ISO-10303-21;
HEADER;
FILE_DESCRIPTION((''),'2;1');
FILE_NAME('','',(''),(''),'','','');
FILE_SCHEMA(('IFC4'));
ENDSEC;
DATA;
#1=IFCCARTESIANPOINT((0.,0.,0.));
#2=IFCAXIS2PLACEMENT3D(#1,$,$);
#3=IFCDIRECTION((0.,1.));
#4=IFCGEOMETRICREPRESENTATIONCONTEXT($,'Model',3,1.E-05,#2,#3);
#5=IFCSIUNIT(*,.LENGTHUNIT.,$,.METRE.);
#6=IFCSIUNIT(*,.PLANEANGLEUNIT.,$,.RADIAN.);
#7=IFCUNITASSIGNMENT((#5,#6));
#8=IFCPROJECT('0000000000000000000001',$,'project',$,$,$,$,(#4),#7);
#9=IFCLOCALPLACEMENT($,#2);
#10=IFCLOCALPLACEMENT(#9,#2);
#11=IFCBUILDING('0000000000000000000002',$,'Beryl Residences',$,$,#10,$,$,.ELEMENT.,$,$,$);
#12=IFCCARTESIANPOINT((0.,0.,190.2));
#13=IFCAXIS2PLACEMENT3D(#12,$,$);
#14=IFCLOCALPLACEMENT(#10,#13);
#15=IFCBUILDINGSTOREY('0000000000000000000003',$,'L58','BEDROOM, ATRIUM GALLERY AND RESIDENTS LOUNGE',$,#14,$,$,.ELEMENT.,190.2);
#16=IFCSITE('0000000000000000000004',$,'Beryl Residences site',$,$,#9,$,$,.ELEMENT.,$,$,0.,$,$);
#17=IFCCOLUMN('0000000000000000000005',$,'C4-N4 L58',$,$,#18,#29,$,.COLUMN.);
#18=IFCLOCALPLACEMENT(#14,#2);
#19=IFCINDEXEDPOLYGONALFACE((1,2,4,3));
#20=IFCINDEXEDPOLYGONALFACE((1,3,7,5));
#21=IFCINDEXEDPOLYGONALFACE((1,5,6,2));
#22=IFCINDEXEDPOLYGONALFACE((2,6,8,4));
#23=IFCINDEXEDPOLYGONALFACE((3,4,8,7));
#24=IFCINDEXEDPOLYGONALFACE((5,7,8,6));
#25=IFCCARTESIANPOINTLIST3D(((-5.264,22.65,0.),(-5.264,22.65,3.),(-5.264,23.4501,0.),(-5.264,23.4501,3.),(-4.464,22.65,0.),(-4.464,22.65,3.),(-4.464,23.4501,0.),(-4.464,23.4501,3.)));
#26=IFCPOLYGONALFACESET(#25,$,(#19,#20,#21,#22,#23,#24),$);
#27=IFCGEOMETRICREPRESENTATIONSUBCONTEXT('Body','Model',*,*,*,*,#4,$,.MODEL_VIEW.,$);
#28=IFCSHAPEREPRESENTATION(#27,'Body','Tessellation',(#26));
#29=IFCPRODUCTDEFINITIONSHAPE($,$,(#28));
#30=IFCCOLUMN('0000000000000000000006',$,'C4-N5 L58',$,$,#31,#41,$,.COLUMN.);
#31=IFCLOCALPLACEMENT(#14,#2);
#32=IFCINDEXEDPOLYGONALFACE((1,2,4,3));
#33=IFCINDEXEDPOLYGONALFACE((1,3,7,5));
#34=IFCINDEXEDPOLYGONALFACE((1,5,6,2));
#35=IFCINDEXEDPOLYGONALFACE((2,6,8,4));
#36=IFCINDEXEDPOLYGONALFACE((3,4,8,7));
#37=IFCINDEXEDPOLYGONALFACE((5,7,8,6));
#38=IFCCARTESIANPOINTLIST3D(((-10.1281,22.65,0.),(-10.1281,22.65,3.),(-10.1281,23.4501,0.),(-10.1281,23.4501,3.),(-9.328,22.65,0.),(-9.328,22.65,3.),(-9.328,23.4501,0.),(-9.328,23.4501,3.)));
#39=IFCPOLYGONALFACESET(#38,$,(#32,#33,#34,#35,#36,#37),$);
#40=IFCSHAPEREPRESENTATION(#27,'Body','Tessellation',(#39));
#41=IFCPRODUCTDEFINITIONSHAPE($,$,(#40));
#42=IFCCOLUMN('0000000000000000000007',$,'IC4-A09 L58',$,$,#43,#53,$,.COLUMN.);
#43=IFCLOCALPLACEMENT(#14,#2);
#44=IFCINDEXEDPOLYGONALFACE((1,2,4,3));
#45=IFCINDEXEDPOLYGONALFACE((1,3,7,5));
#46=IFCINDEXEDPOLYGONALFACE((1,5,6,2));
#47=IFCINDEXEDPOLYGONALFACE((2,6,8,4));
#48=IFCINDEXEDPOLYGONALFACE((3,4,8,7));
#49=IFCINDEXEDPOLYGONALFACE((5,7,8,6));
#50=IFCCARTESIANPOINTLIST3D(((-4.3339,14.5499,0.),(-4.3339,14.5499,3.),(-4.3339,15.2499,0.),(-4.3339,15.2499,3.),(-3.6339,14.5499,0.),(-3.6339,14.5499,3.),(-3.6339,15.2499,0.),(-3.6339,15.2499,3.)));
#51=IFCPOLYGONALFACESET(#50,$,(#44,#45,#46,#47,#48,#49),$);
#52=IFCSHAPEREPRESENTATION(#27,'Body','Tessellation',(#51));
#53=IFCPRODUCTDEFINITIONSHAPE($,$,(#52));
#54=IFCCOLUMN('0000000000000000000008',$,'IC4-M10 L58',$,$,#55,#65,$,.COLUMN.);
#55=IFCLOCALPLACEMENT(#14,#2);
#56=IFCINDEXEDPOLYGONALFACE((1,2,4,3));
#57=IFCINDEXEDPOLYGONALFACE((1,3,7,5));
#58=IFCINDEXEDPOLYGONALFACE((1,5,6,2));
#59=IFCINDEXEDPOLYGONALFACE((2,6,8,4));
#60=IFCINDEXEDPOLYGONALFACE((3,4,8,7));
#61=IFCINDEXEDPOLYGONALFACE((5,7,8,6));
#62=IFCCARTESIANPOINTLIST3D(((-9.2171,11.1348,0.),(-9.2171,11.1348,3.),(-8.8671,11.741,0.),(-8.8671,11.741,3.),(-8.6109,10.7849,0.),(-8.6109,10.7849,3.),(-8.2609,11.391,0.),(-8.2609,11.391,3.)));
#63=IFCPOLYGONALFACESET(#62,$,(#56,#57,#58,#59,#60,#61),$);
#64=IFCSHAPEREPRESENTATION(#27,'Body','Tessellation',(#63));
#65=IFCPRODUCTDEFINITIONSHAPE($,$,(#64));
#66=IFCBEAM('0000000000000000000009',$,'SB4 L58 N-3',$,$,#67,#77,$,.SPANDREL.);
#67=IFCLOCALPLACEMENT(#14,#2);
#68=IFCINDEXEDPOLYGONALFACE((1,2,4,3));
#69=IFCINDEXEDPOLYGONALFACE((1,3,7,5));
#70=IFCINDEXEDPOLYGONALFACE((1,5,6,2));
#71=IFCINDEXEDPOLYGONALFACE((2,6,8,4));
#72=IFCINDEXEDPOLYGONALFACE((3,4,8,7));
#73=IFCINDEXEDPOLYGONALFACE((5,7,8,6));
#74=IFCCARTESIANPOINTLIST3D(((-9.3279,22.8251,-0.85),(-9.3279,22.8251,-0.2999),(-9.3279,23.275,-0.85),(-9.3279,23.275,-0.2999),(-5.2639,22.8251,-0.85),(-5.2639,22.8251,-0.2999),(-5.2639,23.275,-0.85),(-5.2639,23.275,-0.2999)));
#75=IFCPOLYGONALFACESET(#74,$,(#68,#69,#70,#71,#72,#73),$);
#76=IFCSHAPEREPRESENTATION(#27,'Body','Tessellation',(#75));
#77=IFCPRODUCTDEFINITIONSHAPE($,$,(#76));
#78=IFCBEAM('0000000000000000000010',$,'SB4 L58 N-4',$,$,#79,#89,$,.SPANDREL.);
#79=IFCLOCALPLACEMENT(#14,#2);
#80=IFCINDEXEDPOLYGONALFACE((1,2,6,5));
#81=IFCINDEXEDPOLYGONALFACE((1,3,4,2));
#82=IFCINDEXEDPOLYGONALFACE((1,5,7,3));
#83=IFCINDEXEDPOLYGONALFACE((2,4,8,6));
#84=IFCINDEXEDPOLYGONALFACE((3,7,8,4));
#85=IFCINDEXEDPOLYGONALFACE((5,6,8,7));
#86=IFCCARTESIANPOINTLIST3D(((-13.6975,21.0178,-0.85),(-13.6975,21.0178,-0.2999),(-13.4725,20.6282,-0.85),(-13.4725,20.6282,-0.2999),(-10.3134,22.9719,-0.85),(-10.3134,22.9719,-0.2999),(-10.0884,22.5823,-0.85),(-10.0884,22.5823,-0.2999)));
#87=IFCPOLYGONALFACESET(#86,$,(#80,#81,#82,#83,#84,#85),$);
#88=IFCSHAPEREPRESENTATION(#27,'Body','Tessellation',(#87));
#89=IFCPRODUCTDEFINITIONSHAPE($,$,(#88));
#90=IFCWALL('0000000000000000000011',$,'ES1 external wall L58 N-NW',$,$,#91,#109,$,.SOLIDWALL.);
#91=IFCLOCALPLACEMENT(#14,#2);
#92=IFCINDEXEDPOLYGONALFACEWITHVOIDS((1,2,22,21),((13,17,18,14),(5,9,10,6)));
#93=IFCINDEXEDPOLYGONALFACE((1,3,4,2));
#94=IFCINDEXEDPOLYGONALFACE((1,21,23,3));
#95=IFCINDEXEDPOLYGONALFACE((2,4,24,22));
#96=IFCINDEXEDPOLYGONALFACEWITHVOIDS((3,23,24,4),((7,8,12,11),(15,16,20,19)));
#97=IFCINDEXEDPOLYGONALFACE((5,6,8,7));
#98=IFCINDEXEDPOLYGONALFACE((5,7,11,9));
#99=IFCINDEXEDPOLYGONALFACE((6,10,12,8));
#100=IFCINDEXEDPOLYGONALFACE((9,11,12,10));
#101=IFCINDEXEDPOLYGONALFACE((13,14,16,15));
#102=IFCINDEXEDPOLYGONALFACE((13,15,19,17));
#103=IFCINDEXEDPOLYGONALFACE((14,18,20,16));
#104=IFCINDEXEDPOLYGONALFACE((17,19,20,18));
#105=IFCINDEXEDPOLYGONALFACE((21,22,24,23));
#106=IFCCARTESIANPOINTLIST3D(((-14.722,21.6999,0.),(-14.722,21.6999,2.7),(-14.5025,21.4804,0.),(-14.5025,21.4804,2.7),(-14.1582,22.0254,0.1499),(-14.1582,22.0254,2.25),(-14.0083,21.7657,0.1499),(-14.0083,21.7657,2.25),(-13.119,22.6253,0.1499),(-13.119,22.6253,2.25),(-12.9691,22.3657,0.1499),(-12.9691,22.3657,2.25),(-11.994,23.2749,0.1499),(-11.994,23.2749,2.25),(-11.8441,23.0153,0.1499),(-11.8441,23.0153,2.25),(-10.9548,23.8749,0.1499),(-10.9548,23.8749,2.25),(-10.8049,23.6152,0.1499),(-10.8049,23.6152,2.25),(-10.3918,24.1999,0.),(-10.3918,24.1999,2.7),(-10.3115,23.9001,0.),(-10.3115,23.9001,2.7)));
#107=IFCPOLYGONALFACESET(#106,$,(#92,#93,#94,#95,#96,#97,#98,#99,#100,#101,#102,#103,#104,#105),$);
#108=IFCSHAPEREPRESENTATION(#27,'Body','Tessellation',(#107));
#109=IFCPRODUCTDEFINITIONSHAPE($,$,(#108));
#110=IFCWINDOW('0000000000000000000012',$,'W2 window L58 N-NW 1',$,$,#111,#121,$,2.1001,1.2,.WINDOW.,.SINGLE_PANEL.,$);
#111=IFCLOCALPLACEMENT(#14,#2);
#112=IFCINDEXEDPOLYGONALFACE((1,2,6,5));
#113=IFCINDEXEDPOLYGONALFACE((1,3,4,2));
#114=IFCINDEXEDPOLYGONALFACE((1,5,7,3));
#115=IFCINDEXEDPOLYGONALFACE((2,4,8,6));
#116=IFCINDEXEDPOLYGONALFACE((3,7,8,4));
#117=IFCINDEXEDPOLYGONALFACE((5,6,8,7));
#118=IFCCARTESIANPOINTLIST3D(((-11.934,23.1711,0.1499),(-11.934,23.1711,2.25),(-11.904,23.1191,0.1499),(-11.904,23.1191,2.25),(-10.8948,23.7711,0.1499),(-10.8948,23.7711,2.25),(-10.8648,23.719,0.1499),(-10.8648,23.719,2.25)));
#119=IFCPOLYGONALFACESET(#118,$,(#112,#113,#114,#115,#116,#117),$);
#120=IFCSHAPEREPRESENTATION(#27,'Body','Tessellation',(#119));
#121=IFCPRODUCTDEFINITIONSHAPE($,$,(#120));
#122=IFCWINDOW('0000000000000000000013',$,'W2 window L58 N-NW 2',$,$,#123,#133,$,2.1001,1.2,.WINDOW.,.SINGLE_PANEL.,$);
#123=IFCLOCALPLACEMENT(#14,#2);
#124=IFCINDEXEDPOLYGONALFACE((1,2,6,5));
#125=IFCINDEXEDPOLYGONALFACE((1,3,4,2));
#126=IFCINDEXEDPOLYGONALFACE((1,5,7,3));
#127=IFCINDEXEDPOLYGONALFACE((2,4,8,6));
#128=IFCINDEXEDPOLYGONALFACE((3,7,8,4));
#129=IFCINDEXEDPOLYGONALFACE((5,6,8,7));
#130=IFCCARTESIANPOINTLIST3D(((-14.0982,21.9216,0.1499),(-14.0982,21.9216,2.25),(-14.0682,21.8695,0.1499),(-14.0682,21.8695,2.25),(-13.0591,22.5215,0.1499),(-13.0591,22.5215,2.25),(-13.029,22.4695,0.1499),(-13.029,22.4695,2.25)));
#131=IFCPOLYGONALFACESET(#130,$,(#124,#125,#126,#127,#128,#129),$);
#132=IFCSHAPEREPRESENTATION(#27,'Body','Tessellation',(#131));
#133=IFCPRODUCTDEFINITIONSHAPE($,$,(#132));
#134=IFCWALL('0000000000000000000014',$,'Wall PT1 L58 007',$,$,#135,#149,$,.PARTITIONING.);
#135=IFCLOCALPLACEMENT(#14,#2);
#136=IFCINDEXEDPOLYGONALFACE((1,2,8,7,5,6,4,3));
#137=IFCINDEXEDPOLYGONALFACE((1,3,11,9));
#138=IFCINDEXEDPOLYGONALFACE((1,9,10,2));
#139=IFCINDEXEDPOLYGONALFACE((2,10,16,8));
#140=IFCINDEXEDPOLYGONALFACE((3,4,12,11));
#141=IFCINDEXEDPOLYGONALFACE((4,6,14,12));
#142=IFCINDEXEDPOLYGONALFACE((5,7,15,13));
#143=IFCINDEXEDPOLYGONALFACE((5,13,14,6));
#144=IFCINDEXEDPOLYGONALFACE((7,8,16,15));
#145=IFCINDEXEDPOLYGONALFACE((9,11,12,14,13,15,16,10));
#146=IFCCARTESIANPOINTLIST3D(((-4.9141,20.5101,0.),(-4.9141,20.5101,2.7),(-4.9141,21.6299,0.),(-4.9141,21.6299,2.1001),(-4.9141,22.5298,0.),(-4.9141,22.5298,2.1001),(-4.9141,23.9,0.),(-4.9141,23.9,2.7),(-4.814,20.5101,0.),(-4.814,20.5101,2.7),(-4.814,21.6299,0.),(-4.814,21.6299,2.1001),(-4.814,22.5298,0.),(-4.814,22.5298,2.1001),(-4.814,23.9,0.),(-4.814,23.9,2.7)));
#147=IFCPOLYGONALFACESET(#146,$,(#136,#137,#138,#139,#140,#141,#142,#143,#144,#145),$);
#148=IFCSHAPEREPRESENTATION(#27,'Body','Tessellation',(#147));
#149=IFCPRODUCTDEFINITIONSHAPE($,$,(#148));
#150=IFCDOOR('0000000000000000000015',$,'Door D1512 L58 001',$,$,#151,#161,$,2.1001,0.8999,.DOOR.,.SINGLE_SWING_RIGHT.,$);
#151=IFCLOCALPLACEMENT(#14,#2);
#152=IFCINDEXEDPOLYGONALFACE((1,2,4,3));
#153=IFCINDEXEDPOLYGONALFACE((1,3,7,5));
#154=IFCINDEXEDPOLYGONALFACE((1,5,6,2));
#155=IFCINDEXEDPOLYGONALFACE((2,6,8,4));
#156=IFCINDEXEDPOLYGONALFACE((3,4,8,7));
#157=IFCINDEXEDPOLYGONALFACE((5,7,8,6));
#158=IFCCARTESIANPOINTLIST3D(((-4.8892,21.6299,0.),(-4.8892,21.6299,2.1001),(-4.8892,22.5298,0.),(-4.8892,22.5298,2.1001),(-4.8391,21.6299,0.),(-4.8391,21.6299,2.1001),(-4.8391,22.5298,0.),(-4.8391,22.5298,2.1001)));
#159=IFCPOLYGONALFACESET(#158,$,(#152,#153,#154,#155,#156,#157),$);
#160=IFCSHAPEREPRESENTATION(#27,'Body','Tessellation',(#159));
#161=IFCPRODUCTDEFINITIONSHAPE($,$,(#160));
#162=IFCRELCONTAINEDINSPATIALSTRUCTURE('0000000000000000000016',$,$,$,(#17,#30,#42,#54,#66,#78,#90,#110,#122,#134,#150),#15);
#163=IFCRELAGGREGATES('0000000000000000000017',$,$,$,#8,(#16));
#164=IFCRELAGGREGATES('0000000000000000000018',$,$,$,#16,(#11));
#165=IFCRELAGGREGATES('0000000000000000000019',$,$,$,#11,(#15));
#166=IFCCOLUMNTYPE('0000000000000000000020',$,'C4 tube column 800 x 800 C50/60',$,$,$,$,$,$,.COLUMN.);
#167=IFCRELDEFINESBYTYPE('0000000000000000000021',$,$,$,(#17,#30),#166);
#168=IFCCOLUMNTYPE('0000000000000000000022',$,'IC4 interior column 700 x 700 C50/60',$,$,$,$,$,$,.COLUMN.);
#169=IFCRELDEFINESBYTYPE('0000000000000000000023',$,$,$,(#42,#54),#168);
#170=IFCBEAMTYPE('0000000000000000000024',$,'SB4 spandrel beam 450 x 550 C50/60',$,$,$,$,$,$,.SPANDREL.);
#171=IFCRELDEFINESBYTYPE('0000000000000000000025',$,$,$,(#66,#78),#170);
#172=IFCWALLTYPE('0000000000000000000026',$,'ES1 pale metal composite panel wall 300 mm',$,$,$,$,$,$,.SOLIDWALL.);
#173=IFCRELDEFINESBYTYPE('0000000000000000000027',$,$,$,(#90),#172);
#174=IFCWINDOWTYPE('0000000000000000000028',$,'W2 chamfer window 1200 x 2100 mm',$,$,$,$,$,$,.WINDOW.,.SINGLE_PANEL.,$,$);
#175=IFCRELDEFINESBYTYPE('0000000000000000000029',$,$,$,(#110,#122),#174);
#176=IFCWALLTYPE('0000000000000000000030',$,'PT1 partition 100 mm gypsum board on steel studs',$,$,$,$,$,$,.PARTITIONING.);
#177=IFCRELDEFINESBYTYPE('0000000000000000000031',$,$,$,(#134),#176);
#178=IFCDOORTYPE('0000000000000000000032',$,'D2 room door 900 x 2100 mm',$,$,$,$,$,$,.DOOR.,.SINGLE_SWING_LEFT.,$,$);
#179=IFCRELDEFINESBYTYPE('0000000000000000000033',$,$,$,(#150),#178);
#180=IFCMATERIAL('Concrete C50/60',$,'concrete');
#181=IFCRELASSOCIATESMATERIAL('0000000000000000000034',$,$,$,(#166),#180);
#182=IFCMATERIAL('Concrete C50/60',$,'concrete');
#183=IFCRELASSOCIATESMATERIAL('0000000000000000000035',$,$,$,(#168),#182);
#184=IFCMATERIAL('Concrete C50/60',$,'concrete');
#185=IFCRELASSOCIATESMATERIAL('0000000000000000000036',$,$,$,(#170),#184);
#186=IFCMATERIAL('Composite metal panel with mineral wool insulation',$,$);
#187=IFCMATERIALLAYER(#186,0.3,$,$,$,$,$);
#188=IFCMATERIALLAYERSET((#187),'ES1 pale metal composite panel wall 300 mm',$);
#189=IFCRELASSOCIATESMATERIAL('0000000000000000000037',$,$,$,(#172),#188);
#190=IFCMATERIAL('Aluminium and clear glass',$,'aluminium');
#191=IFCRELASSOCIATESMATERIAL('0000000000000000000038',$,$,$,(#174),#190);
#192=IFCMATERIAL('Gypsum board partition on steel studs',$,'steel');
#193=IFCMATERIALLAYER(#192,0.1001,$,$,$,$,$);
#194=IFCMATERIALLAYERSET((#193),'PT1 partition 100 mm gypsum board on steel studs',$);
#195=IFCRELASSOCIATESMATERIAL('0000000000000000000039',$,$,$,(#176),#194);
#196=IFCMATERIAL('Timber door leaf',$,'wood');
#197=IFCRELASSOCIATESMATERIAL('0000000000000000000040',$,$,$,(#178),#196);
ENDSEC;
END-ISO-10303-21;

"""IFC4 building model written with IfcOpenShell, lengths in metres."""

from ifc_helpers import new_model, si_unit, direction, frame, frame_2d, origin, origin_2d, place, context, subcontext, project, spatial, polyline, rectangle, outline, extrude, material, layer, layer_set, material_profile, profile_set, type_object, element, fill, save


model = new_model("IFC4")

# Units and contexts
model_context = context("Model", 3, precision=1e-05, world=origin(), true_north=direction((0.0, 1.0)))
body_context = subcontext(model_context, "Body", "Model", "MODEL_VIEW")
ifc_project = project(units=[si_unit("LENGTHUNIT", "METRE"), si_unit("PLANEANGLEUNIT", "RADIAN")], contexts=[model_context])

# Site, building, storey
site_placement = place(None, origin())
site = spatial("IfcSite", under=ifc_project, at=site_placement, Name="Beryl Residences site", CompositionType="ELEMENT", RefElevation=0.0)
building_placement = place(site_placement, origin())
building = spatial("IfcBuilding", under=site, at=building_placement, Name="Beryl Residences", CompositionType="ELEMENT")
storey_placement = place(building_placement, frame((0.0, 0.0, 190.2)))
storey = spatial("IfcBuildingStorey", under=building, at=storey_placement, Name="L58", Description="BEDROOM, ATRIUM GALLERY AND RESIDENTS LOUNGE", CompositionType="ELEMENT", Elevation=190.2)

# Columns
ifc_material_1 = material(Name="Concrete C50/60", Category="concrete")
ifc_material_profile_1 = material_profile(ifc_material_1, rectangle(XDim=0.8, YDim=0.8, at=origin_2d()))
ifc_profile_set_1 = profile_set([ifc_material_profile_1], Name="Concrete C50/60")
column_type_1 = type_object("IfcColumnType", Name="C4 tube column 800 x 800 C50/60", PredefinedType="COLUMN", material=ifc_profile_set_1)
for number, where, z_axis, x_axis, name in (
    (1, (-4.864, 23.05, 0.0), (0.0, 0.0, 1.0), (-1.0, 0.0, 0.0), "C4-N4 L58"),
    (2, (-9.728, 23.05, 0.0), (0.0, 0.0, 1.0), (-1.0, 0.0, 0.0), "C4-N5 L58"),
):
    element("IfcColumn", number, at=place(storey_placement, frame(where, z_axis=z_axis, x_axis=x_axis)), inside=storey, type_object=column_type_1, Name=name, PredefinedType="COLUMN", context=body_context, shape_type="SweptSolid", body=[
        extrude(rectangle(XDim=0.8, YDim=0.8, at=origin_2d()), origin(), (0.0, 0.0, 1.0), 3.0),
    ])
ifc_material_2 = material(Name="Concrete C50/60", Category="concrete")
ifc_material_profile_2 = material_profile(ifc_material_2, rectangle(XDim=0.7, YDim=0.7, at=origin_2d()))
ifc_profile_set_2 = profile_set([ifc_material_profile_2], Name="Concrete C50/60")
column_type_2 = type_object("IfcColumnType", Name="IC4 interior column 700 x 700 C50/60", PredefinedType="COLUMN", material=ifc_profile_set_2)
for number, where, z_axis, x_axis, name in (
    (3, (-3.9839, 14.8999, 0.0), (0.0, 0.0, 1.0), (1.0, 0.0, 0.0), "IC4-A09 L58"),
    (4, (-8.739, 11.2629, 0.0), (0.0, 0.0, 1.0), (-0.5, -0.866025, 0.0), "IC4-M10 L58"),
):
    element("IfcColumn", number, at=place(storey_placement, frame(where, z_axis=z_axis, x_axis=x_axis)), inside=storey, type_object=column_type_2, Name=name, PredefinedType="COLUMN", context=body_context, shape_type="SweptSolid", body=[
        extrude(rectangle(XDim=0.7, YDim=0.7, at=origin_2d()), origin(), (0.0, 0.0, 1.0), 3.0),
    ])

# Beams
ifc_material_3 = material(Name="Concrete C50/60", Category="concrete")
ifc_material_profile_3 = material_profile(ifc_material_3, rectangle(XDim=0.45, YDim=0.55, at=origin_2d()))
ifc_profile_set_3 = profile_set([ifc_material_profile_3], Name="Concrete C50/60")
beam_type = type_object("IfcBeamType", Name="SB4 spandrel beam 450 x 550 C50/60", PredefinedType="SPANDREL", material=ifc_profile_set_3)
beam_1_placement = place(storey_placement, frame((-5.2639, 23.05, -0.575), z_axis=(-1.0, 0.0, 0.0), x_axis=(0.0, -1.0, 0.0)))
element("IfcBeam", 5, at=beam_1_placement, inside=storey, type_object=beam_type, Name="SB4 L58 N-3", PredefinedType="SPANDREL", context=body_context, shape_type="SweptSolid", body=[
    extrude(rectangle(XDim=0.45, YDim=0.55, at=origin_2d()), origin(), (0.0, 0.0, 1.0), 4.064),
])
beam_2_placement = place(storey_placement, frame((-10.2009, 22.7771, -0.575), z_axis=(-0.865989, -0.500063, 0.0), x_axis=(0.500063, -0.865989, 0.0)))
element("IfcBeam", 6, at=beam_2_placement, inside=storey, type_object=beam_type, Name="SB4 L58 N-4", PredefinedType="SPANDREL", context=body_context, shape_type="SweptSolid", body=[
    extrude(rectangle(XDim=0.45, YDim=0.55, at=origin_2d()), origin(), (0.0, 0.0, 1.0), 3.9077),
])

# Wall, openings, windows
ifc_material_4 = material(Name="Composite metal panel with mineral wool insulation")
ifc_layer_1 = layer(ifc_material_4, 0.3)
ifc_layer_set_1 = layer_set([ifc_layer_1], Name="ES1 pale metal composite panel wall 300 mm")
wall_type_1 = type_object("IfcWallType", Name="ES1 pale metal composite panel wall 300 mm", PredefinedType="SOLIDWALL", material=ifc_layer_set_1)
wall_1_placement = place(storey_placement, frame((-10.3169, 24.0701, 0.0), z_axis=(0.0, 0.0, 1.0), x_axis=(-0.866023, -0.500004, 0.0)))
wall_1 = element("IfcWall", 7, at=wall_1_placement, inside=storey, type_object=wall_type_1, Name="ES1 external wall L58 N-NW", PredefinedType="SOLIDWALL", context=body_context, shape_type="SweptSolid", body=[
    extrude(outline(polyline([(0.0, -0.1499), (5.0, -0.1499), (4.9197, 0.1499), (0.0803, 0.1499), (0.0, -0.1499)])), origin(), (0.0, 0.0, 1.0), 2.7),
])
opening_1_placement = place(wall_1_placement, frame((0.6499, 0.0, 0.1499)))
opening_1 = element("IfcOpeningElement", 8, at=opening_1_placement, cuts=wall_1, PredefinedType="OPENING", context=body_context, shape_type="SweptSolid", body=[
    extrude(rectangle(XDim=1.2, YDim=2.1001, at=frame_2d((0.6001, 1.05))), frame((0.0, 0.1599, 0.0), z_axis=(0.0, -1.0, 0.0), x_axis=(1.0, 0.0, 0.0)), (0.0, 0.0, 1.0), 0.3201),
])
opening_2_placement = place(wall_1_placement, frame((3.1489, 0.0, 0.1499)))
opening_2 = element("IfcOpeningElement", 9, at=opening_2_placement, cuts=wall_1, PredefinedType="OPENING", context=body_context, shape_type="SweptSolid", body=[
    extrude(rectangle(XDim=1.2, YDim=2.1001, at=frame_2d((0.6001, 1.05))), frame((0.0, 0.1599, 0.0), z_axis=(0.0, -1.0, 0.0), x_axis=(1.0, 0.0, 0.0)), (0.0, 0.0, 1.0), 0.3201),
])
ifc_material_5 = material(Name="Aluminium and clear glass", Category="aluminium")
window_type = type_object("IfcWindowType", Name="W2 chamfer window 1200 x 2100 mm", PartitioningType="SINGLE_PANEL", PredefinedType="WINDOW", material=ifc_material_5)
window_1_placement = place(opening_1_placement, origin())
window_1 = element("IfcWindow", 10, at=window_1_placement, inside=storey, type_object=window_type, Name="W2 window L58 N-NW 1", OverallHeight=2.1001, OverallWidth=1.2, PartitioningType="SINGLE_PANEL", PredefinedType="WINDOW", context=body_context, shape_type="SweptSolid", body=[
    extrude(rectangle(XDim=1.2, YDim=2.1001, at=frame_2d((0.6001, 1.05))), frame((0.0, 0.03, 0.0), z_axis=(0.0, -1.0, 0.0), x_axis=(1.0, 0.0, 0.0)), (0.0, 0.0, 1.0), 0.0601),
])
fill(opening_1, window_1)
window_2_placement = place(opening_2_placement, origin())
window_2 = element("IfcWindow", 11, at=window_2_placement, inside=storey, type_object=window_type, Name="W2 window L58 N-NW 2", OverallHeight=2.1001, OverallWidth=1.2, PartitioningType="SINGLE_PANEL", PredefinedType="WINDOW", context=body_context, shape_type="SweptSolid", body=[
    extrude(rectangle(XDim=1.2, YDim=2.1001, at=frame_2d((0.6001, 1.05))), frame((0.0, 0.03, 0.0), z_axis=(0.0, -1.0, 0.0), x_axis=(1.0, 0.0, 0.0)), (0.0, 0.0, 1.0), 0.0601),
])
fill(opening_2, window_2)

# Wall, opening, door
ifc_material_6 = material(Name="Gypsum board partition on steel studs", Category="steel")
ifc_layer_2 = layer(ifc_material_6, 0.1001)
ifc_layer_set_2 = layer_set([ifc_layer_2], Name="PT1 partition 100 mm gypsum board on steel studs")
wall_type_2 = type_object("IfcWallType", Name="PT1 partition 100 mm gypsum board on steel studs", PredefinedType="PARTITIONING", material=ifc_layer_set_2)
wall_2_placement = place(storey_placement, frame((-4.864, 23.8999, 0.0), z_axis=(0.0, 0.0, 1.0), x_axis=(0.0, -1.0, 0.0)))
wall_2 = element("IfcWall", 12, at=wall_2_placement, inside=storey, type_object=wall_type_2, Name="Wall PT1 L58 007", PredefinedType="PARTITIONING", context=body_context, shape_type="SweptSolid", body=[
    extrude(rectangle(XDim=3.3899, YDim=0.1001, at=frame_2d((1.6948, 0.0))), origin(), (0.0, 0.0, 1.0), 2.7),
])
opening_3_placement = place(wall_2_placement, frame((1.3701, 0.0, 0.0)))
opening_3 = element("IfcOpeningElement", 13, at=opening_3_placement, cuts=wall_2, PredefinedType="OPENING", context=body_context, shape_type="SweptSolid", body=[
    extrude(rectangle(XDim=0.8999, YDim=2.1001, at=frame_2d((0.45, 1.05))), frame((0.0, 0.0601, 0.0), z_axis=(0.0, -1.0, 0.0), x_axis=(1.0, 0.0, 0.0)), (0.0, 0.0, 1.0), 0.1201),
])
ifc_material_7 = material(Name="Timber door leaf", Category="wood")
door_type_1 = type_object("IfcDoorType", Name="D2 room door 900 x 2100 mm", OperationType="SINGLE_SWING_LEFT", PredefinedType="DOOR", material=ifc_material_7)
door_1_placement = place(opening_3_placement, origin())
door_1 = element("IfcDoor", 14, at=door_1_placement, inside=storey, type_object=door_type_1, Name="Door D1512 L58 001", OperationType="SINGLE_SWING_RIGHT", OverallHeight=2.1001, OverallWidth=0.8999, PredefinedType="DOOR", context=body_context, shape_type="SweptSolid", body=[
    extrude(rectangle(XDim=0.8999, YDim=2.1001, at=frame_2d((0.45, 1.05))), frame((0.0, 0.0249, 0.0), z_axis=(0.0, -1.0, 0.0), x_axis=(1.0, 0.0, 0.0)), (0.0, 0.0, 1.0), 0.05),
])
fill(opening_3, door_1)

save(model, "model.ifc")
